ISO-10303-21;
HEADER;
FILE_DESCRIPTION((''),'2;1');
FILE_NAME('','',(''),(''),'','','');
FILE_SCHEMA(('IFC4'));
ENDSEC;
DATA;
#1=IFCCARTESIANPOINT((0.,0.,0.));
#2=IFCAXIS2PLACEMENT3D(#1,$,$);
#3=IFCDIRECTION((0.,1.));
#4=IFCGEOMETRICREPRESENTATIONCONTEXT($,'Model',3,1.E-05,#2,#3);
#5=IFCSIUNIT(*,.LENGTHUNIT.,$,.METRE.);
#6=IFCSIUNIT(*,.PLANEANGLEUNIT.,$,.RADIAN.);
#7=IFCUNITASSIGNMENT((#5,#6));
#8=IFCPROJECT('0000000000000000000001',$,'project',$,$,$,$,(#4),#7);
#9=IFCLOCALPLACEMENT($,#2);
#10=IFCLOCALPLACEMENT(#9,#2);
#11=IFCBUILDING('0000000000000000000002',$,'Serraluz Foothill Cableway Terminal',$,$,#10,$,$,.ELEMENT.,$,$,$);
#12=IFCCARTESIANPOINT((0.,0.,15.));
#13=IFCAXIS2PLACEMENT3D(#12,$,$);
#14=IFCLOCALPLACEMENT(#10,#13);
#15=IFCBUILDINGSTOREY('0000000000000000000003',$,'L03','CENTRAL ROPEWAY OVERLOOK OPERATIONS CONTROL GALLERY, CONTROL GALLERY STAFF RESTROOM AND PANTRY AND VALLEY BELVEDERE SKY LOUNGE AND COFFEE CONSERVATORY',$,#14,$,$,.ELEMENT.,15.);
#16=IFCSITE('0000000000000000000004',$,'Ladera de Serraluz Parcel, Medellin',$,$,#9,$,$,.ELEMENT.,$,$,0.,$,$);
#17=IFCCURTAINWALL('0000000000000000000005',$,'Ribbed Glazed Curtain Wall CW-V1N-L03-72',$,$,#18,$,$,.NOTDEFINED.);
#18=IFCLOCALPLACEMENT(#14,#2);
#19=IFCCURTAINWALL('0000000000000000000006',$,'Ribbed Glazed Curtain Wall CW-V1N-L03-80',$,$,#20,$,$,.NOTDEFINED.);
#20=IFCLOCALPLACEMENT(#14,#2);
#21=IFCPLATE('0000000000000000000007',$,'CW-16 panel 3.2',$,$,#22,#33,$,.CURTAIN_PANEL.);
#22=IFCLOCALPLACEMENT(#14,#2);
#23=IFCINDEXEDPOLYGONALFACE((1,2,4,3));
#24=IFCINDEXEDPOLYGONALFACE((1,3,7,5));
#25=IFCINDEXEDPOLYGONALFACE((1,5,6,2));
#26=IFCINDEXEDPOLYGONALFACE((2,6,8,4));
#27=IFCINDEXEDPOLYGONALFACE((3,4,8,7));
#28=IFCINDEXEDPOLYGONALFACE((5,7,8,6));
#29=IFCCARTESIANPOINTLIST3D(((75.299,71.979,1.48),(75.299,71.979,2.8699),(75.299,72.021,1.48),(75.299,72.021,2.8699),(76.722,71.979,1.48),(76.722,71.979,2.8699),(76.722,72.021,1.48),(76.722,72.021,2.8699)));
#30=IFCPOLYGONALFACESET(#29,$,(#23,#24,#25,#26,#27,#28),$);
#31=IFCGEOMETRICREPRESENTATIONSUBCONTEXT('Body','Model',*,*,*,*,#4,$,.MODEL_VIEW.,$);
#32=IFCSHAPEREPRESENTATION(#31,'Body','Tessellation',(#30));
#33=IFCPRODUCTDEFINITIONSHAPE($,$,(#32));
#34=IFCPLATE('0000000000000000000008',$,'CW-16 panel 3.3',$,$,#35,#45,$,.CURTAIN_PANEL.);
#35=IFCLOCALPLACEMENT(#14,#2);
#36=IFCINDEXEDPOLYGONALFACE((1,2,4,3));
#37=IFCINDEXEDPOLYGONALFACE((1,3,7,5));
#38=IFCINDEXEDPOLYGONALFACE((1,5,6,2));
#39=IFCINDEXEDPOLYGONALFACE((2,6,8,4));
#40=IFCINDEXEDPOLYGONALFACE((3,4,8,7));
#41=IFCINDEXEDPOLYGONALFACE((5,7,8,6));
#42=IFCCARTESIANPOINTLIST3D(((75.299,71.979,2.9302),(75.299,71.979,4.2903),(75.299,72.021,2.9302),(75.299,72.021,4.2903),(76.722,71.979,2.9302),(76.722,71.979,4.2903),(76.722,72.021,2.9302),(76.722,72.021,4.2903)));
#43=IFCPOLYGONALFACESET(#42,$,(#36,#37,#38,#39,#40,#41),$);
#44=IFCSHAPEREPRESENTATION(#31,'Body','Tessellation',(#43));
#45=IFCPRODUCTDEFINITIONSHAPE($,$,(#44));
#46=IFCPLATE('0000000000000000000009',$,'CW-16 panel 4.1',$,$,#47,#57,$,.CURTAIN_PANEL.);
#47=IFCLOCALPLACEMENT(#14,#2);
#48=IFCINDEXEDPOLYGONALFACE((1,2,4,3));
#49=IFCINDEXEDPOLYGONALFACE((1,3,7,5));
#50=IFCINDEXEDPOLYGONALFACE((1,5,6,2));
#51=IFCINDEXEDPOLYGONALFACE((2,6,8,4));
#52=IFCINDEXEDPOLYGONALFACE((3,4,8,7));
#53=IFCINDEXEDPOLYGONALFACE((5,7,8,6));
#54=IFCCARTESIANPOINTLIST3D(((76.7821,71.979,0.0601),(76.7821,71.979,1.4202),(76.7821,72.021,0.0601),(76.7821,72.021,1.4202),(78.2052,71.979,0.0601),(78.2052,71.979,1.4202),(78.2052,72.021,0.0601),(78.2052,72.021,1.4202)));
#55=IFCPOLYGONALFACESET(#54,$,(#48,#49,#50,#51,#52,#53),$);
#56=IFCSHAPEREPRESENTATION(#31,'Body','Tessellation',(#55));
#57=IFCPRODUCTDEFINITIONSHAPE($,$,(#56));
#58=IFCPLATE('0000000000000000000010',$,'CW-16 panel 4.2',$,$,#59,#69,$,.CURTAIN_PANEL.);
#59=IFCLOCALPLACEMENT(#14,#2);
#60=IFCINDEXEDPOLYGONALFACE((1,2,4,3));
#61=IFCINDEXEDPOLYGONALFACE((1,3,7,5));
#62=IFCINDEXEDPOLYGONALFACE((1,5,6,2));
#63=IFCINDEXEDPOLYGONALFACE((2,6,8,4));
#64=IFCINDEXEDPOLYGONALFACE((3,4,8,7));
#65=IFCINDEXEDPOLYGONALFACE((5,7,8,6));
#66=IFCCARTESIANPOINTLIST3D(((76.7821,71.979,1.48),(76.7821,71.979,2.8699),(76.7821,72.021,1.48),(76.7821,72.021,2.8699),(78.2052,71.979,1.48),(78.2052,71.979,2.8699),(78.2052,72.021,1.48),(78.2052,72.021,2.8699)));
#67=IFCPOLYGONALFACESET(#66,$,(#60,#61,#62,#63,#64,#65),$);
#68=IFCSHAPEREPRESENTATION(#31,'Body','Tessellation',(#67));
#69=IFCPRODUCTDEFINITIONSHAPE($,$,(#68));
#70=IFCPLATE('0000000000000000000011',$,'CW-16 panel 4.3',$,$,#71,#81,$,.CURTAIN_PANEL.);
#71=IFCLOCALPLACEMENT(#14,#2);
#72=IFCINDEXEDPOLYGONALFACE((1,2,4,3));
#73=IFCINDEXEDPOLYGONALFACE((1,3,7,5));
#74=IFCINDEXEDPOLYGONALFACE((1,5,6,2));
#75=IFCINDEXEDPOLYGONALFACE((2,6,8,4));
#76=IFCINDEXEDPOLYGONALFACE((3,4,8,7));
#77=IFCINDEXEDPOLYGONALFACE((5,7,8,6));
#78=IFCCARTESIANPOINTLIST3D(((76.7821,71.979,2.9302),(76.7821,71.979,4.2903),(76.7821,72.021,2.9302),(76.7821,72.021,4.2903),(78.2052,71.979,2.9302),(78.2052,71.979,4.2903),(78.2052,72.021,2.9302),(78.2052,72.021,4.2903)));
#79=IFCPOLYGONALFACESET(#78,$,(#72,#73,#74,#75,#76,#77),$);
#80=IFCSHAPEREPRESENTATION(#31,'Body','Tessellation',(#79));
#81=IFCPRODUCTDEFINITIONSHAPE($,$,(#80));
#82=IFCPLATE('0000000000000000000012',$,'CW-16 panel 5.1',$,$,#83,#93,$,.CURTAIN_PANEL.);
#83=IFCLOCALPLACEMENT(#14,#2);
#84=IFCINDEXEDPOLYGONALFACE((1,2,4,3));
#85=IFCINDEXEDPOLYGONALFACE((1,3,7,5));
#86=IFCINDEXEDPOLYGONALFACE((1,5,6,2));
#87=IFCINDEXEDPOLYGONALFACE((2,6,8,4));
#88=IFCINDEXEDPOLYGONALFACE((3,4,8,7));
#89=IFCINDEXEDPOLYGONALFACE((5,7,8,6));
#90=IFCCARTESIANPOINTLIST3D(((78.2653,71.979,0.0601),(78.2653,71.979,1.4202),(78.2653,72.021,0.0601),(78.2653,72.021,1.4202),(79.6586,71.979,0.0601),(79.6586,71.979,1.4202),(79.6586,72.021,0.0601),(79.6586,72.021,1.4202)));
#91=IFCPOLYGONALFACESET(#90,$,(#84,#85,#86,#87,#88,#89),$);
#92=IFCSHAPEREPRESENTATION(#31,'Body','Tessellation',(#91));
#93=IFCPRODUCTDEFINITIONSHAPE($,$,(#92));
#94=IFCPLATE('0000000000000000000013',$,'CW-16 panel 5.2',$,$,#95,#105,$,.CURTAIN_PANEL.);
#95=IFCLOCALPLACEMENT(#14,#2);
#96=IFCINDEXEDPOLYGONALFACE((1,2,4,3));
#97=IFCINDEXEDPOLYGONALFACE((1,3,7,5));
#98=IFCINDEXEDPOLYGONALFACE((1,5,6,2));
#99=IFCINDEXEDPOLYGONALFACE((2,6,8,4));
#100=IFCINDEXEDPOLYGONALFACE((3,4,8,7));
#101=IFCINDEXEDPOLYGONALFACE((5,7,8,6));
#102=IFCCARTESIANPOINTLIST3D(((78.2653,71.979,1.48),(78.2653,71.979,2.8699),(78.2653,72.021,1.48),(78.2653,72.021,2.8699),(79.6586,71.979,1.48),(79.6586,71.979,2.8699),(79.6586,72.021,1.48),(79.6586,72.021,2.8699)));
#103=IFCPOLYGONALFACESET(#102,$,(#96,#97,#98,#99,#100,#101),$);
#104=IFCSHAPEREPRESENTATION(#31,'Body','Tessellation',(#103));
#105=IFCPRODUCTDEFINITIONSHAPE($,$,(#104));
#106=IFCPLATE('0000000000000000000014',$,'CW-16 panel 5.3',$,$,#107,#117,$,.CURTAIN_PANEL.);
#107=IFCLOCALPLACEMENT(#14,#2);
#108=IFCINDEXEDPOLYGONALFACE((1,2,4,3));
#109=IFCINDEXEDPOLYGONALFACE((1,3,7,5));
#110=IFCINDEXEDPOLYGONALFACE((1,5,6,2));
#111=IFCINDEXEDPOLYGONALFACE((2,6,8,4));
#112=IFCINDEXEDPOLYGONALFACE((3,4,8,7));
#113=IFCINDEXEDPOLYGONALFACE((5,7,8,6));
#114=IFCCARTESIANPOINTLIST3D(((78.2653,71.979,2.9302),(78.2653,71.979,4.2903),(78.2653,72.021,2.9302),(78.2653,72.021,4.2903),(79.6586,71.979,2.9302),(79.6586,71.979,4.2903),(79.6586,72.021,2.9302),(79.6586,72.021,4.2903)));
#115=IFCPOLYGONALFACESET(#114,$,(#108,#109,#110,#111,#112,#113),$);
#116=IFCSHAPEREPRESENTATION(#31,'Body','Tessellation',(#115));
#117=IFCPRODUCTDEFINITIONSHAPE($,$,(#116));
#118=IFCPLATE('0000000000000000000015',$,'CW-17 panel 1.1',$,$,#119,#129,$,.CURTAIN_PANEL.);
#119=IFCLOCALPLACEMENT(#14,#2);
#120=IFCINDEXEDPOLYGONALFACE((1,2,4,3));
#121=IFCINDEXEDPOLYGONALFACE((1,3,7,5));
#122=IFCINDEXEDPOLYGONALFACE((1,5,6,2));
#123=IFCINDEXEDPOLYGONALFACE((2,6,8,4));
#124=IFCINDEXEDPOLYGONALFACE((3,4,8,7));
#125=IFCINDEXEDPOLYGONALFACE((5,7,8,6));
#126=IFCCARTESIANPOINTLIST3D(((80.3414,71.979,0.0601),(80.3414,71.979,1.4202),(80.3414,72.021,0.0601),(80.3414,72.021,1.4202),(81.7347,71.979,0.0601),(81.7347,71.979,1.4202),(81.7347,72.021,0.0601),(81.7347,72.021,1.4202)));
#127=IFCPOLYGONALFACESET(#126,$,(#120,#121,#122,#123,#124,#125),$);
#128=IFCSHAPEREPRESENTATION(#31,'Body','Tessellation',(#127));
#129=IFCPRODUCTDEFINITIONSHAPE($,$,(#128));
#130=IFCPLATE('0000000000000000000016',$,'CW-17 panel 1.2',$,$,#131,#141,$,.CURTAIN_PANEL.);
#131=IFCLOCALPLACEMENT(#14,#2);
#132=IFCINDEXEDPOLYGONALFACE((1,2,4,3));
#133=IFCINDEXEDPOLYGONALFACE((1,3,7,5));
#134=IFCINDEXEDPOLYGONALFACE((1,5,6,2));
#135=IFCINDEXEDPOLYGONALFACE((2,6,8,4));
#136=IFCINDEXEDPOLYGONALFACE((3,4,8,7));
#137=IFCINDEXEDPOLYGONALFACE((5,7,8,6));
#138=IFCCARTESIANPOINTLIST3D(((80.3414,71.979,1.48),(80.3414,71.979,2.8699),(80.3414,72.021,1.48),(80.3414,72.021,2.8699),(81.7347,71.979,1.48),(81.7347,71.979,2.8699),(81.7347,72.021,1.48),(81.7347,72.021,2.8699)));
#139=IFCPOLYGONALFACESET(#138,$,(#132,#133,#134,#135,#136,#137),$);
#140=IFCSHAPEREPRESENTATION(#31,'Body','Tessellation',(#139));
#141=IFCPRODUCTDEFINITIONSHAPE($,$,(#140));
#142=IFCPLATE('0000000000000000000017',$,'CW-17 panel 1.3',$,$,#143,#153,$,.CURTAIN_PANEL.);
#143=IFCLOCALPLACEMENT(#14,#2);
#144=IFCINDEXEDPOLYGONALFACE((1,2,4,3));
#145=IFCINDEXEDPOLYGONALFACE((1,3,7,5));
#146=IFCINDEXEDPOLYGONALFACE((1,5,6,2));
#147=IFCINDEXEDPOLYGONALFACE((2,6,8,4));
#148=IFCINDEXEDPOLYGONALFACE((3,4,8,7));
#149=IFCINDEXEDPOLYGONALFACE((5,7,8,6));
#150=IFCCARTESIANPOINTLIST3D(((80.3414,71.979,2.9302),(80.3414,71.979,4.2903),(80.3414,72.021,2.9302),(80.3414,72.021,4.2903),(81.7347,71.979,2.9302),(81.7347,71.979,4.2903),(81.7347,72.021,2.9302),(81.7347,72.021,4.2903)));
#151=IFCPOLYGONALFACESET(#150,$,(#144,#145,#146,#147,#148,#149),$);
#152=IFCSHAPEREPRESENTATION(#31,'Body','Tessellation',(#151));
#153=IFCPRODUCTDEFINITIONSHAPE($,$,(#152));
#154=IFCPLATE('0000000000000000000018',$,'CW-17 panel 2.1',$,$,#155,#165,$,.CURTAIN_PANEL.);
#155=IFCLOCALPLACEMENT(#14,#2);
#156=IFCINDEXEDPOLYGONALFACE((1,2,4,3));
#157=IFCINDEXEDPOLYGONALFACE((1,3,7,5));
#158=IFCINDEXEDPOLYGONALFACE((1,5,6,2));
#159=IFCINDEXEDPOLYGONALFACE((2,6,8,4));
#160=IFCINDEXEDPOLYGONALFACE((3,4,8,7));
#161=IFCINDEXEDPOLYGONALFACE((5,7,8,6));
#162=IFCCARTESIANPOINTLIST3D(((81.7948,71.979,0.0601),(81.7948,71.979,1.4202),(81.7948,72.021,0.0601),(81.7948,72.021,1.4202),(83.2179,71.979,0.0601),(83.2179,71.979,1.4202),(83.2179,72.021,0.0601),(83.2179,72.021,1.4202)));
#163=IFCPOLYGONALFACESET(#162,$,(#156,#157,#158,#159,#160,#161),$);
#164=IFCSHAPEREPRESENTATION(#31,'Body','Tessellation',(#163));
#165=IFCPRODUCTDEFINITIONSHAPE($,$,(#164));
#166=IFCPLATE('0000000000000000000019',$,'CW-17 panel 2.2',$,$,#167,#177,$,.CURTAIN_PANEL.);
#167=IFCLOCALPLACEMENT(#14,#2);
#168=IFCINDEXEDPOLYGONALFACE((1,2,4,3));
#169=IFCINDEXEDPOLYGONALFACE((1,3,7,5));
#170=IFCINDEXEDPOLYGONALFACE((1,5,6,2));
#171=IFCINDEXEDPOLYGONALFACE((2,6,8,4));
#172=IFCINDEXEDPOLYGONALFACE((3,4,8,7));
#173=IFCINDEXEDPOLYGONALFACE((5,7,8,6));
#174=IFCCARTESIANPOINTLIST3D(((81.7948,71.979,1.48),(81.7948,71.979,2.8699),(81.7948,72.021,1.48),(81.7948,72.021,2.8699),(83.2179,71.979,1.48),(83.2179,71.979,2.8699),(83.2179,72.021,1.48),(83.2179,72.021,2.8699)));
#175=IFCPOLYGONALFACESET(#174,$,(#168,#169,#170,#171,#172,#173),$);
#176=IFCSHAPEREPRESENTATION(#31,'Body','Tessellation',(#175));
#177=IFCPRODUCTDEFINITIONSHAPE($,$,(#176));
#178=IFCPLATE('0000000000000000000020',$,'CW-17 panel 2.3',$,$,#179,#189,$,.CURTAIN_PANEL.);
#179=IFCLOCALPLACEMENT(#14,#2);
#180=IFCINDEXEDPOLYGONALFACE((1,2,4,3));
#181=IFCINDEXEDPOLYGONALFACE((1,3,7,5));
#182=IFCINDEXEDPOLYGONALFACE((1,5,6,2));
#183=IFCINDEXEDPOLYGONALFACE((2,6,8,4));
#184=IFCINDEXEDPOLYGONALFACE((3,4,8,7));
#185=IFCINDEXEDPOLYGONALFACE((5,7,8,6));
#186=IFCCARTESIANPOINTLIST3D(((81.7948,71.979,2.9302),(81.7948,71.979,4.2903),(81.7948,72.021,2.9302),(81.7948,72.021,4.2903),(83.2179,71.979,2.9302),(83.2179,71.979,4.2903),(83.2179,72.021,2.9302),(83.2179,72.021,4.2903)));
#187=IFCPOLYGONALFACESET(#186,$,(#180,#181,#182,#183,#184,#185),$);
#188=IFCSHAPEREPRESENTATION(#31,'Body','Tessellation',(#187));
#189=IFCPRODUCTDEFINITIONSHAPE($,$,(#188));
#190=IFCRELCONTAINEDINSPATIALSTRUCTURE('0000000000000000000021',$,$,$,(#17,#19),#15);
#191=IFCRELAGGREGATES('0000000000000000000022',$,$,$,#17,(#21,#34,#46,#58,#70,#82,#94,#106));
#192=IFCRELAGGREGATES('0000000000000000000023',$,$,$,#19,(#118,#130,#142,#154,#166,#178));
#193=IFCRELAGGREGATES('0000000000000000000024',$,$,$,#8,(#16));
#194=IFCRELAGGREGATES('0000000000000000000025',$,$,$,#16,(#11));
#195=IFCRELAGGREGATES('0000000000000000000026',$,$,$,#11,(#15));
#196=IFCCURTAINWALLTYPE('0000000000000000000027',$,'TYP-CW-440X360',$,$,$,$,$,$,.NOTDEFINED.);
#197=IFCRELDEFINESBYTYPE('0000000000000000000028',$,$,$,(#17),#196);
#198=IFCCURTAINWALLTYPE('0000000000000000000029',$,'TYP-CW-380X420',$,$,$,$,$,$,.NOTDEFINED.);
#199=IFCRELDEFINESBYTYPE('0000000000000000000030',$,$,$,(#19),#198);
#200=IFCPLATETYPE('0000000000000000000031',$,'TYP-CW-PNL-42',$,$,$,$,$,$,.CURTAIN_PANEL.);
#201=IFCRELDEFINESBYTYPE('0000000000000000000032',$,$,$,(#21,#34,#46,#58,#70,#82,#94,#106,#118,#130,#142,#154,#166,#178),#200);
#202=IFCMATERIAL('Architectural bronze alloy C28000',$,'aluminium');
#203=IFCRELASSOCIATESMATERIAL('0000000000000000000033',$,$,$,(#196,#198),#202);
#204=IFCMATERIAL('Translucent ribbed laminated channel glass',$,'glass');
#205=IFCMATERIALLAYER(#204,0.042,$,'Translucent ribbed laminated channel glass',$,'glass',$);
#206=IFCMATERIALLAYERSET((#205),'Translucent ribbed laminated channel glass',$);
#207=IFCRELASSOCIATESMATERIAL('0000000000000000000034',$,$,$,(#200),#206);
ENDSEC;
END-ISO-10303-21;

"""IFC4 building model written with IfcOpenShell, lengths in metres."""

from ifc_helpers import new_model, si_unit, direction, frame, origin, origin_2d, place, context, subcontext, project, spatial, rectangle, extrude, material, layer, layer_set, type_object, element, aggregate, save


model = new_model("IFC4")

# Units and contexts
model_context = context("Model", 3, precision=1e-05, world=origin(), true_north=direction((0.0, 1.0)))
body_context = subcontext(model_context, "Body", "Model", "MODEL_VIEW")
ifc_project = project(units=[si_unit("LENGTHUNIT", "METRE"), si_unit("PLANEANGLEUNIT", "RADIAN")], contexts=[model_context])

# Site, building, storey
site_placement = place(None, origin())
site = spatial("IfcSite", under=ifc_project, at=site_placement, Name="Ladera de Serraluz Parcel, Medellin", CompositionType="ELEMENT", RefElevation=0.0)
building_placement = place(site_placement, origin())
building = spatial("IfcBuilding", under=site, at=building_placement, Name="Serraluz Foothill Cableway Terminal", CompositionType="ELEMENT")
storey_placement = place(building_placement, frame((0.0, 0.0, 15.0)))
storey = spatial("IfcBuildingStorey", under=building, at=storey_placement, Name="L03", Description="CENTRAL ROPEWAY OVERLOOK OPERATIONS CONTROL GALLERY, CONTROL GALLERY STAFF RESTROOM AND PANTRY AND VALLEY BELVEDERE SKY LOUNGE AND COFFEE CONSERVATORY", CompositionType="ELEMENT", Elevation=15.0)

# Curtain walls
ifc_material_1 = material(Name="Architectural bronze alloy C28000", Category="aluminium")
curtain_wall_type_1 = type_object("IfcCurtainWallType", Name="TYP-CW-440X360", PredefinedType="NOTDEFINED", material=ifc_material_1)
curtain_wall_1_placement = place(storey_placement, origin())
curtain_wall_1 = element("IfcCurtainWall", 1, at=curtain_wall_1_placement, inside=storey, type_object=curtain_wall_type_1, Name="Ribbed Glazed Curtain Wall CW-V1N-L03-72", PredefinedType="NOTDEFINED")
curtain_wall_type_2 = type_object("IfcCurtainWallType", Name="TYP-CW-380X420", PredefinedType="NOTDEFINED", material=ifc_material_1)
curtain_wall_2_placement = place(storey_placement, origin())
curtain_wall_2 = element("IfcCurtainWall", 2, at=curtain_wall_2_placement, inside=storey, type_object=curtain_wall_type_2, Name="Ribbed Glazed Curtain Wall CW-V1N-L03-80", PredefinedType="NOTDEFINED")

# Plates
ifc_material_2 = material(Name="Translucent ribbed laminated channel glass", Category="glass")
ifc_layer = layer(ifc_material_2, 0.042, Name="Translucent ribbed laminated channel glass", Category="glass")
ifc_layer_set = layer_set([ifc_layer], Name="Translucent ribbed laminated channel glass")
plate_type = type_object("IfcPlateType", Name="TYP-CW-PNL-42", PredefinedType="CURTAIN_PANEL", material=ifc_layer_set)
plate_1_placement = place(storey_placement, frame((76.0105, 72.0, 1.48), z_axis=(0.0, 0.0, 1.0), x_axis=(1.0, 0.0, 0.0)))
plate_1 = element("IfcPlate", 3, at=plate_1_placement, type_object=plate_type, Name="CW-16 panel 3.2", PredefinedType="CURTAIN_PANEL", context=body_context, shape_type="SweptSolid", body=[
    extrude(rectangle(XDim=1.4231, YDim=0.042, at=origin_2d()), origin(), (0.0, 0.0, 1.0), 1.3899),
])
plate_2_placement = place(storey_placement, frame((76.0105, 72.0, 2.9302), z_axis=(0.0, 0.0, 1.0), x_axis=(1.0, 0.0, 0.0)))
plate_2 = element("IfcPlate", 4, at=plate_2_placement, type_object=plate_type, Name="CW-16 panel 3.3", PredefinedType="CURTAIN_PANEL", context=body_context, shape_type="SweptSolid", body=[
    extrude(rectangle(XDim=1.4231, YDim=0.042, at=origin_2d()), origin(), (0.0, 0.0, 1.0), 1.3601),
])
plate_3_placement = place(storey_placement, frame((77.4937, 72.0, 0.0601), z_axis=(0.0, 0.0, 1.0), x_axis=(1.0, 0.0, 0.0)))
plate_3 = element("IfcPlate", 5, at=plate_3_placement, type_object=plate_type, Name="CW-16 panel 4.1", PredefinedType="CURTAIN_PANEL", context=body_context, shape_type="SweptSolid", body=[
    extrude(rectangle(XDim=1.4231, YDim=0.042, at=origin_2d()), origin(), (0.0, 0.0, 1.0), 1.3601),
])
plate_4_placement = place(storey_placement, frame((77.4937, 72.0, 1.48), z_axis=(0.0, 0.0, 1.0), x_axis=(1.0, 0.0, 0.0)))
plate_4 = element("IfcPlate", 6, at=plate_4_placement, type_object=plate_type, Name="CW-16 panel 4.2", PredefinedType="CURTAIN_PANEL", context=body_context, shape_type="SweptSolid", body=[
    extrude(rectangle(XDim=1.4231, YDim=0.042, at=origin_2d()), origin(), (0.0, 0.0, 1.0), 1.3899),
])
plate_5_placement = place(storey_placement, frame((77.4937, 72.0, 2.9302), z_axis=(0.0, 0.0, 1.0), x_axis=(1.0, 0.0, 0.0)))
plate_5 = element("IfcPlate", 7, at=plate_5_placement, type_object=plate_type, Name="CW-16 panel 4.3", PredefinedType="CURTAIN_PANEL", context=body_context, shape_type="SweptSolid", body=[
    extrude(rectangle(XDim=1.4231, YDim=0.042, at=origin_2d()), origin(), (0.0, 0.0, 1.0), 1.3601),
])
plate_6_placement = place(storey_placement, frame((78.9619, 72.0, 0.0601), z_axis=(0.0, 0.0, 1.0), x_axis=(1.0, 0.0, 0.0)))
plate_6 = element("IfcPlate", 8, at=plate_6_placement, type_object=plate_type, Name="CW-16 panel 5.1", PredefinedType="CURTAIN_PANEL", context=body_context, shape_type="SweptSolid", body=[
    extrude(rectangle(XDim=1.3933, YDim=0.042, at=origin_2d()), origin(), (0.0, 0.0, 1.0), 1.3601),
])
plate_7_placement = place(storey_placement, frame((78.9619, 72.0, 1.48), z_axis=(0.0, 0.0, 1.0), x_axis=(1.0, 0.0, 0.0)))
plate_7 = element("IfcPlate", 9, at=plate_7_placement, type_object=plate_type, Name="CW-16 panel 5.2", PredefinedType="CURTAIN_PANEL", context=body_context, shape_type="SweptSolid", body=[
    extrude(rectangle(XDim=1.3933, YDim=0.042, at=origin_2d()), origin(), (0.0, 0.0, 1.0), 1.3899),
])
plate_8_placement = place(storey_placement, frame((78.9619, 72.0, 2.9302), z_axis=(0.0, 0.0, 1.0), x_axis=(1.0, 0.0, 0.0)))
plate_8 = element("IfcPlate", 10, at=plate_8_placement, type_object=plate_type, Name="CW-16 panel 5.3", PredefinedType="CURTAIN_PANEL", context=body_context, shape_type="SweptSolid", body=[
    extrude(rectangle(XDim=1.3933, YDim=0.042, at=origin_2d()), origin(), (0.0, 0.0, 1.0), 1.3601),
])
aggregate(curtain_wall_1, [plate_1, plate_2, plate_3, plate_4, plate_5, plate_6, plate_7, plate_8])
plate_9_placement = place(storey_placement, frame((81.0381, 72.0, 0.0601), z_axis=(0.0, 0.0, 1.0), x_axis=(1.0, 0.0, 0.0)))
plate_9 = element("IfcPlate", 11, at=plate_9_placement, type_object=plate_type, Name="CW-17 panel 1.1", PredefinedType="CURTAIN_PANEL", context=body_context, shape_type="SweptSolid", body=[
    extrude(rectangle(XDim=1.3933, YDim=0.042, at=origin_2d()), origin(), (0.0, 0.0, 1.0), 1.3601),
])
plate_10_placement = place(storey_placement, frame((81.0381, 72.0, 1.48), z_axis=(0.0, 0.0, 1.0), x_axis=(1.0, 0.0, 0.0)))
plate_10 = element("IfcPlate", 12, at=plate_10_placement, type_object=plate_type, Name="CW-17 panel 1.2", PredefinedType="CURTAIN_PANEL", context=body_context, shape_type="SweptSolid", body=[
    extrude(rectangle(XDim=1.3933, YDim=0.042, at=origin_2d()), origin(), (0.0, 0.0, 1.0), 1.3899),
])
plate_11_placement = place(storey_placement, frame((81.0381, 72.0, 2.9302), z_axis=(0.0, 0.0, 1.0), x_axis=(1.0, 0.0, 0.0)))
plate_11 = element("IfcPlate", 13, at=plate_11_placement, type_object=plate_type, Name="CW-17 panel 1.3", PredefinedType="CURTAIN_PANEL", context=body_context, shape_type="SweptSolid", body=[
    extrude(rectangle(XDim=1.3933, YDim=0.042, at=origin_2d()), origin(), (0.0, 0.0, 1.0), 1.3601),
])
plate_12_placement = place(storey_placement, frame((82.5063, 72.0, 0.0601), z_axis=(0.0, 0.0, 1.0), x_axis=(1.0, 0.0, 0.0)))
plate_12 = element("IfcPlate", 14, at=plate_12_placement, type_object=plate_type, Name="CW-17 panel 2.1", PredefinedType="CURTAIN_PANEL", context=body_context, shape_type="SweptSolid", body=[
    extrude(rectangle(XDim=1.4231, YDim=0.042, at=origin_2d()), origin(), (0.0, 0.0, 1.0), 1.3601),
])
plate_13_placement = place(storey_placement, frame((82.5063, 72.0, 1.48), z_axis=(0.0, 0.0, 1.0), x_axis=(1.0, 0.0, 0.0)))
plate_13 = element("IfcPlate", 15, at=plate_13_placement, type_object=plate_type, Name="CW-17 panel 2.2", PredefinedType="CURTAIN_PANEL", context=body_context, shape_type="SweptSolid", body=[
    extrude(rectangle(XDim=1.4231, YDim=0.042, at=origin_2d()), origin(), (0.0, 0.0, 1.0), 1.3899),
])
plate_14_placement = place(storey_placement, frame((82.5063, 72.0, 2.9302), z_axis=(0.0, 0.0, 1.0), x_axis=(1.0, 0.0, 0.0)))
plate_14 = element("IfcPlate", 16, at=plate_14_placement, type_object=plate_type, Name="CW-17 panel 2.3", PredefinedType="CURTAIN_PANEL", context=body_context, shape_type="SweptSolid", body=[
    extrude(rectangle(XDim=1.4231, YDim=0.042, at=origin_2d()), origin(), (0.0, 0.0, 1.0), 1.3601),
])
aggregate(curtain_wall_2, [plate_9, plate_10, plate_11, plate_12, plate_13, plate_14])

save(model, "model.ifc")
